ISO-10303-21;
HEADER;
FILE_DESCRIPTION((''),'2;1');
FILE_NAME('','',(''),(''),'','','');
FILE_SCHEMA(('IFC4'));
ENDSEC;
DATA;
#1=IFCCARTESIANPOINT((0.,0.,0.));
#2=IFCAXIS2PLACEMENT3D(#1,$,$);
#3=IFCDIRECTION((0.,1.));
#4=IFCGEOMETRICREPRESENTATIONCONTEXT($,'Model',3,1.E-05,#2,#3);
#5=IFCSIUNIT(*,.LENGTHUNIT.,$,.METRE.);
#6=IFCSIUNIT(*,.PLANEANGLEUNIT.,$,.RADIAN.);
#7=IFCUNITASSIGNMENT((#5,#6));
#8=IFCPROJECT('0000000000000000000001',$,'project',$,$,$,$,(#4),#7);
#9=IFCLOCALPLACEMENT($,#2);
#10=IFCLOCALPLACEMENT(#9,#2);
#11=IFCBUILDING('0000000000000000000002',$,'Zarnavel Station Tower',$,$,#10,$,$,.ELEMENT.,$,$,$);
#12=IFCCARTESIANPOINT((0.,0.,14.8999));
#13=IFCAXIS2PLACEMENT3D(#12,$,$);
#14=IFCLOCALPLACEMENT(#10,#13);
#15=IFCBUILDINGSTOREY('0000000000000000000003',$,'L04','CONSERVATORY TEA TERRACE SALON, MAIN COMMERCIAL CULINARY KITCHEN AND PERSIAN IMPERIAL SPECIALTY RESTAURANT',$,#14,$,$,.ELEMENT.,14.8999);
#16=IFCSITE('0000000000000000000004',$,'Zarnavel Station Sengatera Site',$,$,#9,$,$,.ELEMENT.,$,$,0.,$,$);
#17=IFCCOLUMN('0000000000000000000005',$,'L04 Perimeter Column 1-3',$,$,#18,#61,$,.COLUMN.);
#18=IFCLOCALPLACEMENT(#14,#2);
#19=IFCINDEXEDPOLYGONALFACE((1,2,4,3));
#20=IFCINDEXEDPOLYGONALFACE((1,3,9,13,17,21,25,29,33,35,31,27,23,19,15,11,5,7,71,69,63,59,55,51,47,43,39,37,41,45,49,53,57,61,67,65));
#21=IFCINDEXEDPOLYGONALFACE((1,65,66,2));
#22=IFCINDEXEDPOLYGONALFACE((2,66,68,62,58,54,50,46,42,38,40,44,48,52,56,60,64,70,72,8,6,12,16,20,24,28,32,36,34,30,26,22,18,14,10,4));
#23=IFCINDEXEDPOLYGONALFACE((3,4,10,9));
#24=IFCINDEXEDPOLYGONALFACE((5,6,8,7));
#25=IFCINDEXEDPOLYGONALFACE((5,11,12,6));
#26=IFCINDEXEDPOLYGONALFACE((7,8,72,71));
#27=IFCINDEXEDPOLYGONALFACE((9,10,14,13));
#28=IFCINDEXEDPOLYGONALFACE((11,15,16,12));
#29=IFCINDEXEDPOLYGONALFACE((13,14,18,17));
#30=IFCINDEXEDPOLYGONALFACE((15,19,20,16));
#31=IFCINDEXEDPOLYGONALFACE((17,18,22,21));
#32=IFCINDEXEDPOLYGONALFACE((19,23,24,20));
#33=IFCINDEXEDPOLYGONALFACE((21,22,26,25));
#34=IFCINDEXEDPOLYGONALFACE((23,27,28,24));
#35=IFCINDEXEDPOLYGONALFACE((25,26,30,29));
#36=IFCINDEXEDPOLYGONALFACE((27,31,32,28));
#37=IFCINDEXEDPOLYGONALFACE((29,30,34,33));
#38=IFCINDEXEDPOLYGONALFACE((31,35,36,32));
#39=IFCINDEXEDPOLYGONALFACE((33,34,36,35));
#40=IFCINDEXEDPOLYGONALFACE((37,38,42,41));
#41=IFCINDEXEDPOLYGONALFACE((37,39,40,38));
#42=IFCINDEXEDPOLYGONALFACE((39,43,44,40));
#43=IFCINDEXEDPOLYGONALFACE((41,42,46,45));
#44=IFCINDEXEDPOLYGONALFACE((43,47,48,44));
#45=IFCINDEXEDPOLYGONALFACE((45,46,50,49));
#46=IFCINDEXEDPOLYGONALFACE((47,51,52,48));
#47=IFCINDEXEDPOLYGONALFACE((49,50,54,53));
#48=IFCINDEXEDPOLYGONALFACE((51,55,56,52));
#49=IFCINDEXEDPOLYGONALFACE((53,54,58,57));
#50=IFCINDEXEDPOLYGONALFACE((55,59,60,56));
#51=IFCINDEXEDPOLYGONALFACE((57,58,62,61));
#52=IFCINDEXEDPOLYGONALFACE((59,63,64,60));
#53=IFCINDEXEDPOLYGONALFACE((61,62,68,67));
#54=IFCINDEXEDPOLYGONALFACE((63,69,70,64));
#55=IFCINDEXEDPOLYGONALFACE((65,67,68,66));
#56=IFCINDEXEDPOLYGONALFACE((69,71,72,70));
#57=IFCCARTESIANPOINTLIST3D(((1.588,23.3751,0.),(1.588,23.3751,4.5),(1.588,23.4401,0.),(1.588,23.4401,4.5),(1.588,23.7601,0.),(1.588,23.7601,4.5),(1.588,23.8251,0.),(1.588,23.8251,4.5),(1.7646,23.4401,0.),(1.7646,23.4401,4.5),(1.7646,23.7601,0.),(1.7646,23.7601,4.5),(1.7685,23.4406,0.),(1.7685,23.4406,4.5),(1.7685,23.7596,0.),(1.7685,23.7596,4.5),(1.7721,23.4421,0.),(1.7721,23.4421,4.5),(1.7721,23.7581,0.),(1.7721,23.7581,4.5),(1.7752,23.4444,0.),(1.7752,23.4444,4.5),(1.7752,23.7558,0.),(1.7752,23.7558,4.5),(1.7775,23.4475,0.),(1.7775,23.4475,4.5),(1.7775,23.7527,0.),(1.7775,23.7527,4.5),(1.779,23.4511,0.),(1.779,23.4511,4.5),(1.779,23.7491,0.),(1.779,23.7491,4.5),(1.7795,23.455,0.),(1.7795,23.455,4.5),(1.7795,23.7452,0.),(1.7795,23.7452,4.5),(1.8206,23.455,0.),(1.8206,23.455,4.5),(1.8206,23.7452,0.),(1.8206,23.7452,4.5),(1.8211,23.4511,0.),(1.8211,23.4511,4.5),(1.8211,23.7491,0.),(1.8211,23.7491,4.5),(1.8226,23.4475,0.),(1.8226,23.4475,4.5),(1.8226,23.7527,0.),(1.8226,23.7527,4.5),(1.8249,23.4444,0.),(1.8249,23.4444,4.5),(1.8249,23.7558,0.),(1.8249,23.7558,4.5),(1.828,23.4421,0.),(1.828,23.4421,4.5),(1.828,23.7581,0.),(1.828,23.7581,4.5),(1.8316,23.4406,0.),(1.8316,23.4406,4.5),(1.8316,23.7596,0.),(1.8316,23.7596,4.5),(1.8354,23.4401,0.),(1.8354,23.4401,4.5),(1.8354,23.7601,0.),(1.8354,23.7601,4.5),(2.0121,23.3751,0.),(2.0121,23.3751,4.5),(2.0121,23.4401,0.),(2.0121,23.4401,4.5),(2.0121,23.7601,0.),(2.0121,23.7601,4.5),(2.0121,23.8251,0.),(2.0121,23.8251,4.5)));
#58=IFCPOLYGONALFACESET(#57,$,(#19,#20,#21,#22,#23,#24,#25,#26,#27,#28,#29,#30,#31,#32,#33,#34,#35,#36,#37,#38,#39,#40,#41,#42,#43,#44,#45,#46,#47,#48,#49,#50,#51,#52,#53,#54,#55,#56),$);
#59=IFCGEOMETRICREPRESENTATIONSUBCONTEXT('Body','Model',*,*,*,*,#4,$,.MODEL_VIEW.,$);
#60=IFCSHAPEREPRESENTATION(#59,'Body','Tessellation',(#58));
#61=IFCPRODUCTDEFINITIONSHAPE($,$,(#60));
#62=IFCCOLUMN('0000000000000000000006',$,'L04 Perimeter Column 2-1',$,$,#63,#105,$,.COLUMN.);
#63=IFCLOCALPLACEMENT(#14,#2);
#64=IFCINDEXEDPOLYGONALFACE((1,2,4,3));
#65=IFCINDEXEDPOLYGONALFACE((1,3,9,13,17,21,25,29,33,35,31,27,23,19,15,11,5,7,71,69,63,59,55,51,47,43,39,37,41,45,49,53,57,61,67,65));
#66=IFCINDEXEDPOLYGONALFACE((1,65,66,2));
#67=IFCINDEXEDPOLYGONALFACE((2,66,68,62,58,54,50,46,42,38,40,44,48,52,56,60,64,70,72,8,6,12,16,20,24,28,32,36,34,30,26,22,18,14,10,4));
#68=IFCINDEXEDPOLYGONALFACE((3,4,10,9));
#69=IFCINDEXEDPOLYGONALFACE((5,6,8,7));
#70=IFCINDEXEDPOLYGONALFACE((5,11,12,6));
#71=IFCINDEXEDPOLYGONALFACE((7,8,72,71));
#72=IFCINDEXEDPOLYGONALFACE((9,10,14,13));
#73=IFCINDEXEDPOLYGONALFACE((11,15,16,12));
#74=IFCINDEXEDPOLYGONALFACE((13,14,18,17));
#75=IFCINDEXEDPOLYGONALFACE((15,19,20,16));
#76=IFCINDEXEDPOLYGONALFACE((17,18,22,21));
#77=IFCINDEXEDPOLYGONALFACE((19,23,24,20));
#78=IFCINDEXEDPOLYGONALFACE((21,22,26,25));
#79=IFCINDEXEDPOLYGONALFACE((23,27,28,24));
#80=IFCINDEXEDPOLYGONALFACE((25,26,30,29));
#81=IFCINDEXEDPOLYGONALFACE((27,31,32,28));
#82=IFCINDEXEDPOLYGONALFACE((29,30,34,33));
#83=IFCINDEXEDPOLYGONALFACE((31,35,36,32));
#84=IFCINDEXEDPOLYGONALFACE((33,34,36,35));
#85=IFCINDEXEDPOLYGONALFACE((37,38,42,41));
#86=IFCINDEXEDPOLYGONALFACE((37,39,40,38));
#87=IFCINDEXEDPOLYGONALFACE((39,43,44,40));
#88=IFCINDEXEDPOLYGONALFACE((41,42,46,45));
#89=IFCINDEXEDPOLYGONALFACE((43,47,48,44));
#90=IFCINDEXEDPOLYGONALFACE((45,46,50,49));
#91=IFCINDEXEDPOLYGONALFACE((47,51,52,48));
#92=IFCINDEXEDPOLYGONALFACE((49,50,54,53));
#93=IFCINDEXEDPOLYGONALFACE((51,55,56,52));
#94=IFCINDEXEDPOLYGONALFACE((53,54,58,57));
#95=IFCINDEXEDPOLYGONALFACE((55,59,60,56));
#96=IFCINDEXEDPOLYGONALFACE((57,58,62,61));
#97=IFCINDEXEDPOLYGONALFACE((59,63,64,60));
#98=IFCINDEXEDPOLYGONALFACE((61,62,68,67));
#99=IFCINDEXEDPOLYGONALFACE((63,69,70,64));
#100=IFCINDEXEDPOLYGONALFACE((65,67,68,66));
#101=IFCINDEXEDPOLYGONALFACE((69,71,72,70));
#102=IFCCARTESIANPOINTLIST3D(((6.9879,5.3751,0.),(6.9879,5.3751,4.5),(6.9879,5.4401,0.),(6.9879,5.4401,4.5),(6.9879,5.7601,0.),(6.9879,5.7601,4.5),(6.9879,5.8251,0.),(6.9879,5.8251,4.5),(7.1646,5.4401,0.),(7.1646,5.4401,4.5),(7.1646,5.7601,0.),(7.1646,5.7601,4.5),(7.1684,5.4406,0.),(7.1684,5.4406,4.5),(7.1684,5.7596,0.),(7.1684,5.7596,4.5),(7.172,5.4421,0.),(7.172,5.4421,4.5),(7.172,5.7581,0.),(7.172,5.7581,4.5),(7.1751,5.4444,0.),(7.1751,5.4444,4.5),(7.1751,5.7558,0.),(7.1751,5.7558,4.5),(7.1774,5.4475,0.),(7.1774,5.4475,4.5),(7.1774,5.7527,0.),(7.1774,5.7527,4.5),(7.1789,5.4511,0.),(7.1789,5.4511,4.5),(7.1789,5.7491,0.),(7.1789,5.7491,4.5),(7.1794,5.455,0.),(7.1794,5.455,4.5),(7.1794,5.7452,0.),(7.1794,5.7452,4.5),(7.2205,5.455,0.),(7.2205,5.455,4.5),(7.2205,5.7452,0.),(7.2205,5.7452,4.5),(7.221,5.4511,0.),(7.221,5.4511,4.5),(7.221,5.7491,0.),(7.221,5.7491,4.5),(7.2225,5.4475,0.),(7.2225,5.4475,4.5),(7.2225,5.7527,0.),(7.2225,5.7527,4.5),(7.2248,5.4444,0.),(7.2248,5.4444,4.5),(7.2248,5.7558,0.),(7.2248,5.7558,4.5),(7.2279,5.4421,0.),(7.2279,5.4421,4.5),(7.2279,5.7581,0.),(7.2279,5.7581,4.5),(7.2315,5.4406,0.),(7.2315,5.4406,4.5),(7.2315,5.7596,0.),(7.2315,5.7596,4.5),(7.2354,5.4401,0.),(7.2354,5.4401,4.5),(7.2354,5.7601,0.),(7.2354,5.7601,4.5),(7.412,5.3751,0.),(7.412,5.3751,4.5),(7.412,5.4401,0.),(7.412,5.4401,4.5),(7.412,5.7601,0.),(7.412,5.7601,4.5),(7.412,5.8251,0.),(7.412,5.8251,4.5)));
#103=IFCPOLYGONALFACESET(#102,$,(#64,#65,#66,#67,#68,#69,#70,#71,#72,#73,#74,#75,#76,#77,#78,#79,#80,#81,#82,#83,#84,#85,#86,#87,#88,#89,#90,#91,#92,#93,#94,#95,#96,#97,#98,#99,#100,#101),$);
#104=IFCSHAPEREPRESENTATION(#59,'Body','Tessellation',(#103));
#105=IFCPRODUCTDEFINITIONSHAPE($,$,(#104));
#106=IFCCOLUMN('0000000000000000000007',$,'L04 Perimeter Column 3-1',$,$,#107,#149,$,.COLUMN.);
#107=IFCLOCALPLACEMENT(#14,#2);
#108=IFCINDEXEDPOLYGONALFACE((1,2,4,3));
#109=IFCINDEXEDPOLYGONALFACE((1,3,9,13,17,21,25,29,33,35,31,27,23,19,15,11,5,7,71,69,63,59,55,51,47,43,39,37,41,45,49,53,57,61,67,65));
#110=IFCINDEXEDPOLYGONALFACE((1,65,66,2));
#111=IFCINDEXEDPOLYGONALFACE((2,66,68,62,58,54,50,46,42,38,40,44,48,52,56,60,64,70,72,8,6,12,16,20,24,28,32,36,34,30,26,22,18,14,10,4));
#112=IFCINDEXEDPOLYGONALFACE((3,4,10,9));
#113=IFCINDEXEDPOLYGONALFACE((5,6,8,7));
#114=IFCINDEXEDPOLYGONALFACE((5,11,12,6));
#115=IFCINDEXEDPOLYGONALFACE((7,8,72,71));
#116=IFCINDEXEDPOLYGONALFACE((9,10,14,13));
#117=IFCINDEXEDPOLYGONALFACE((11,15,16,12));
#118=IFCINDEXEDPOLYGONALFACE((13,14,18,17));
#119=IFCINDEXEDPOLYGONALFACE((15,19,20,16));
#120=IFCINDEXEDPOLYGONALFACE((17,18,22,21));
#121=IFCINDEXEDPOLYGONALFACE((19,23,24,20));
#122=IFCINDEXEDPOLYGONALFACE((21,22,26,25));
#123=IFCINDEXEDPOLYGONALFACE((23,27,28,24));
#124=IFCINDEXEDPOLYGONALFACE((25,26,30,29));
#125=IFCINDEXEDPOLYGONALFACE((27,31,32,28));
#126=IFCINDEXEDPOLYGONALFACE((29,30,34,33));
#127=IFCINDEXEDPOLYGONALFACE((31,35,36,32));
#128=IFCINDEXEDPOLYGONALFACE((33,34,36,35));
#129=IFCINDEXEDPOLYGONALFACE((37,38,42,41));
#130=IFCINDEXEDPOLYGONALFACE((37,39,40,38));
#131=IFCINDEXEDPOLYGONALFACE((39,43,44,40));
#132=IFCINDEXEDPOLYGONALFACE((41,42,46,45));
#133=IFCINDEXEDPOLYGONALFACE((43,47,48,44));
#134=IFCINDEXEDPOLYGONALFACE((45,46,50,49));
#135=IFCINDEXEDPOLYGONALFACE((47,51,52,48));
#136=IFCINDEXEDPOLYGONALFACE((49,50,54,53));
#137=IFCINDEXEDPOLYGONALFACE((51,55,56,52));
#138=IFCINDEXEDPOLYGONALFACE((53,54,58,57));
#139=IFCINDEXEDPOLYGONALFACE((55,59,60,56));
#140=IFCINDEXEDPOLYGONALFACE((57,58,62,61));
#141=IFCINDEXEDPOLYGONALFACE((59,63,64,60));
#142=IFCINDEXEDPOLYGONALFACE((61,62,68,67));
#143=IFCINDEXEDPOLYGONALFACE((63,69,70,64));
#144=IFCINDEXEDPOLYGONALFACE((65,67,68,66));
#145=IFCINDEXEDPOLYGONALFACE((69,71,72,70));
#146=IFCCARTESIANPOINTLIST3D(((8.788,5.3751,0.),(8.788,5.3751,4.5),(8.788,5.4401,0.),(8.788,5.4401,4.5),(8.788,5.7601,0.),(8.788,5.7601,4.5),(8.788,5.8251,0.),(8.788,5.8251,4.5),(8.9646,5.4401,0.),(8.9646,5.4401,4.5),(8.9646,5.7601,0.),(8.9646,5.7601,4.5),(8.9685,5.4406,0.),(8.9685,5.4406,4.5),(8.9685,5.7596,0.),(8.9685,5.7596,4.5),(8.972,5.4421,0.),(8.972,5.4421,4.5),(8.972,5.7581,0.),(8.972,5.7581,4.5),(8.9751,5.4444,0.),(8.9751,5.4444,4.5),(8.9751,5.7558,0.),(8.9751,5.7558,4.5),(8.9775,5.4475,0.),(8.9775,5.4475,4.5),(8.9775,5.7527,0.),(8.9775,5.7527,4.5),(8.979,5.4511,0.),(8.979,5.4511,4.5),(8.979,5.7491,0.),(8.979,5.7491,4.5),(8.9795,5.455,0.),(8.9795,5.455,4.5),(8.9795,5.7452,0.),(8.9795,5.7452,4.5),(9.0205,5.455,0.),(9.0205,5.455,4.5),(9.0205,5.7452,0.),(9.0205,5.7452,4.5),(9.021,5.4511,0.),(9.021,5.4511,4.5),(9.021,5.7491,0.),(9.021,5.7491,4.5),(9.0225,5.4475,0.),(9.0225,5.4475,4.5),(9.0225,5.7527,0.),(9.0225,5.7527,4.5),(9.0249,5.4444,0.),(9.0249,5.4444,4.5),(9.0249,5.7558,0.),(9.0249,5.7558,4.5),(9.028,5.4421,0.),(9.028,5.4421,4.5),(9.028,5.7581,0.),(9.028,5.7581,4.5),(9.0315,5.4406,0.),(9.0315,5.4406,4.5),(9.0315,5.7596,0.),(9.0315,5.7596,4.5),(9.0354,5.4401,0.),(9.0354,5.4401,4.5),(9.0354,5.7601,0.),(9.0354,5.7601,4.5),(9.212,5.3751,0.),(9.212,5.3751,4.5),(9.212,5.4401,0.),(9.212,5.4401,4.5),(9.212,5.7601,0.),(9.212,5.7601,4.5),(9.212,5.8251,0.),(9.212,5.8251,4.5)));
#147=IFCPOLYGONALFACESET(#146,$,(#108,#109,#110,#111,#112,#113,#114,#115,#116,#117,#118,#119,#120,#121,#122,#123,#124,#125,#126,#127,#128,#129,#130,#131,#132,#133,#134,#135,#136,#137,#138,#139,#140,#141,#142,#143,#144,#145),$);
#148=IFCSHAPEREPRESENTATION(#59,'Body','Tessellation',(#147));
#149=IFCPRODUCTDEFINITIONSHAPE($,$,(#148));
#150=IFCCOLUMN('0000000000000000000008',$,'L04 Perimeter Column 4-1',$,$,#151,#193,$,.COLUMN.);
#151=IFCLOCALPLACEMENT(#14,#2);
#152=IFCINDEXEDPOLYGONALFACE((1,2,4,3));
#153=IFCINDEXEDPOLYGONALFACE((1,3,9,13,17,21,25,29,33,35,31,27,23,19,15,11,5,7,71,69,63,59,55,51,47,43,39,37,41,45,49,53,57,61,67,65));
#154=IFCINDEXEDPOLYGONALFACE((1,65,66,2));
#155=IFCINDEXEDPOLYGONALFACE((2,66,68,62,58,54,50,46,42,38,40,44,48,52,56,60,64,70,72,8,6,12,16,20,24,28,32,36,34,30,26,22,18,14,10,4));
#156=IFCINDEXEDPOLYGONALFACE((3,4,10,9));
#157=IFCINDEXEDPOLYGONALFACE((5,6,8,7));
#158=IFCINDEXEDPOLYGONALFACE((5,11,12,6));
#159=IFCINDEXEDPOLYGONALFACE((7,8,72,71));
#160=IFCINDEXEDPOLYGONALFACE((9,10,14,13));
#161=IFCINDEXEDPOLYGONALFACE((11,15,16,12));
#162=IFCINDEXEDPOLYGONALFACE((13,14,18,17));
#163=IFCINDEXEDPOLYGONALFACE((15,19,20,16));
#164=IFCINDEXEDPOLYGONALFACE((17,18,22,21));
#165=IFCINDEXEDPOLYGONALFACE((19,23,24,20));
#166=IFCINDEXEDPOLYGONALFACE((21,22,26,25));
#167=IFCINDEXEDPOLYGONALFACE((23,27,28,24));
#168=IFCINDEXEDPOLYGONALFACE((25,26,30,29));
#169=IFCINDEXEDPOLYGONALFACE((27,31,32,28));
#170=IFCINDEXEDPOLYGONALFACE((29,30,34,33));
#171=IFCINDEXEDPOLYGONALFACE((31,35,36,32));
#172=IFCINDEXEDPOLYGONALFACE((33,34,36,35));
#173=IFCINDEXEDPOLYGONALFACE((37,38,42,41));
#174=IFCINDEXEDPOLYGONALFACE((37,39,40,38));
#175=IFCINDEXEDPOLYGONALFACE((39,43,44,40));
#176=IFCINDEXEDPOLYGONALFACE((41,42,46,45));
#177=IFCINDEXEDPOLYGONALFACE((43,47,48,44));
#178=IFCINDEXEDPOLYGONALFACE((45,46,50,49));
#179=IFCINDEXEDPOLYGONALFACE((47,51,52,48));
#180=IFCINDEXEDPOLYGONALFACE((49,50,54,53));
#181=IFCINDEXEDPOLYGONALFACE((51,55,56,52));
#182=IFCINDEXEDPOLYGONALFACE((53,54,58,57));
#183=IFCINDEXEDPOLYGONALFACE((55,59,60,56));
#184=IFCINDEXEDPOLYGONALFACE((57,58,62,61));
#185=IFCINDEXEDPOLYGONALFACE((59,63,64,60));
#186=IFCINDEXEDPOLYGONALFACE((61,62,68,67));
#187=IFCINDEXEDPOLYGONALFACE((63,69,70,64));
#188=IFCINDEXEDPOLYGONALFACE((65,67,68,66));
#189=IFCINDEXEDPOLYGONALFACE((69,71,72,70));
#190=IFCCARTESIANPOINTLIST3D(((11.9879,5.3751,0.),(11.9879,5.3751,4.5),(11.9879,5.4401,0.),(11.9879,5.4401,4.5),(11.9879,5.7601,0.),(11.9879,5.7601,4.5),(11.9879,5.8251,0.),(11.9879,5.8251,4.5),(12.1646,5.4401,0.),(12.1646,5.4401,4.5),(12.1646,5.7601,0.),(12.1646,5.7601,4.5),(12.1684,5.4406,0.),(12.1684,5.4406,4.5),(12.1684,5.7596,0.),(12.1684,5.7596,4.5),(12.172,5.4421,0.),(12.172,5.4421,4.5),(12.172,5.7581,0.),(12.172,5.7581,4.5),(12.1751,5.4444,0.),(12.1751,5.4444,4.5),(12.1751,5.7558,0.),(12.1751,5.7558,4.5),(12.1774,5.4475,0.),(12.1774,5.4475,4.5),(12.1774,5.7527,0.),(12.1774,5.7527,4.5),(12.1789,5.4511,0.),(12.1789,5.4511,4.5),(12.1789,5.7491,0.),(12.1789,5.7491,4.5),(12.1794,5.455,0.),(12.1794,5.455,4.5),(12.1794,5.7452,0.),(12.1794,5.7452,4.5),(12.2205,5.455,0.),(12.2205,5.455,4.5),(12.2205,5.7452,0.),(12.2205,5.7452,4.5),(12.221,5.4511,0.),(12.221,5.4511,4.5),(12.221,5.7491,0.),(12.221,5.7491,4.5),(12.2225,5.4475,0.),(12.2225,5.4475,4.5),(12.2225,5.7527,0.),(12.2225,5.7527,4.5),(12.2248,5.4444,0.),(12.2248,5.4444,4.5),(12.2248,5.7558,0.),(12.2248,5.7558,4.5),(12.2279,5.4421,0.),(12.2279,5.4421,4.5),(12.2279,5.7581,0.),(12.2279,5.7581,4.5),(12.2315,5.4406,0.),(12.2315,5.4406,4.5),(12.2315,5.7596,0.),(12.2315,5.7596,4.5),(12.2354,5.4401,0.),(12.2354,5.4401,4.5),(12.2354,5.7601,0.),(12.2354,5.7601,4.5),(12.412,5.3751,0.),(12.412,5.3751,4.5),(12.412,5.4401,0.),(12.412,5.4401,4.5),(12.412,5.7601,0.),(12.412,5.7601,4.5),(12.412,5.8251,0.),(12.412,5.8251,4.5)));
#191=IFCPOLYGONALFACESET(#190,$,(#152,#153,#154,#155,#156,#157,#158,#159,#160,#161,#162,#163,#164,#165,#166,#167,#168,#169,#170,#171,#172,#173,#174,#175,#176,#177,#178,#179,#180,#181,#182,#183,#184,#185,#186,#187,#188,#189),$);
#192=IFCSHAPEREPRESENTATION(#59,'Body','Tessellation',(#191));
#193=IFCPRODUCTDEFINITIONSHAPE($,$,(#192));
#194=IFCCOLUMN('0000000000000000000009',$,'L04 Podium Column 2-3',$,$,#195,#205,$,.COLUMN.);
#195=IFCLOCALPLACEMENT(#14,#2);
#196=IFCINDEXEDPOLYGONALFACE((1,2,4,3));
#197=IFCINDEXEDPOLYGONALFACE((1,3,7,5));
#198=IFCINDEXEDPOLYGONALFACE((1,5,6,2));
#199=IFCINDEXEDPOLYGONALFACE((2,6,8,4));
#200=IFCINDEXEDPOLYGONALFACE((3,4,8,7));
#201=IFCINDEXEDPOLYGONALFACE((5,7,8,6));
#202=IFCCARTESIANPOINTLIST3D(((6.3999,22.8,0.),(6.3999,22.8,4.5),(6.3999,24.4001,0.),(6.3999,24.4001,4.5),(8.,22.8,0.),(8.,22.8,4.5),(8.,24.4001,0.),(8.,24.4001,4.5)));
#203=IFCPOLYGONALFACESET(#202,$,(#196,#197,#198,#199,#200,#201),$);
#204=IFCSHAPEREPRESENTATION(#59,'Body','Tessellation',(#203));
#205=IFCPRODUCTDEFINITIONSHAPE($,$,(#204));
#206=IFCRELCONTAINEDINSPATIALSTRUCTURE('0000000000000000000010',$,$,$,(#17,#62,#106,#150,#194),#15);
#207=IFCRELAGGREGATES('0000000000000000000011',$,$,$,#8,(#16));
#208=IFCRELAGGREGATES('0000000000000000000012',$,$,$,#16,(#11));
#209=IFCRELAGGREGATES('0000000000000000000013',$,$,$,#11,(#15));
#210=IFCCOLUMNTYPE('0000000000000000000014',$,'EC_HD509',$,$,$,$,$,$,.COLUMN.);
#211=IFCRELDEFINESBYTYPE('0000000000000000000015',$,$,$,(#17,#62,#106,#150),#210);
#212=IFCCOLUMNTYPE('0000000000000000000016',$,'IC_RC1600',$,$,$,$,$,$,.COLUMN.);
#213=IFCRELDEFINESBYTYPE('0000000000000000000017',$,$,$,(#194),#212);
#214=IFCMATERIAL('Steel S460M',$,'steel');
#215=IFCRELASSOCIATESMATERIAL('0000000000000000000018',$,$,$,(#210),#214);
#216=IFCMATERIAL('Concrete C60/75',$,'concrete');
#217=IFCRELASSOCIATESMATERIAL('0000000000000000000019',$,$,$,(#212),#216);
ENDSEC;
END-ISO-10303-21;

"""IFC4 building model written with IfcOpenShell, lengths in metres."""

from ifc_helpers import new_model, si_unit, direction, frame, origin, origin_2d, place, context, subcontext, project, spatial, rectangle, i_section, extrude, material, material_profile, profile_set, type_object, element, save


model = new_model("IFC4")

# Units and contexts
model_context = context("Model", 3, precision=1e-05, world=origin(), true_north=direction((0.0, 1.0)))
body_context = subcontext(model_context, "Body", "Model", "MODEL_VIEW")
ifc_project = project(units=[si_unit("LENGTHUNIT", "METRE"), si_unit("PLANEANGLEUNIT", "RADIAN")], contexts=[model_context])

# Site, building, storey
site_placement = place(None, origin())
site = spatial("IfcSite", under=ifc_project, at=site_placement, Name="Zarnavel Station Sengatera Site", CompositionType="ELEMENT", RefElevation=0.0)
building_placement = place(site_placement, origin())
building = spatial("IfcBuilding", under=site, at=building_placement, Name="Zarnavel Station Tower", CompositionType="ELEMENT")
storey_placement = place(building_placement, frame((0.0, 0.0, 14.8999)))
storey = spatial("IfcBuildingStorey", under=building, at=storey_placement, Name="L04", Description="CONSERVATORY TEA TERRACE SALON, MAIN COMMERCIAL CULINARY KITCHEN AND PERSIAN IMPERIAL SPECIALTY RESTAURANT", CompositionType="ELEMENT", Elevation=14.8999)

# Columns
ifc_material_1 = material(Name="Steel S460M", Category="steel")
ifc_material_profile_1 = material_profile(ifc_material_1, i_section(OverallWidth=0.4241, OverallDepth=0.45, WebThickness=0.041, FlangeThickness=0.0649, FilletRadius=0.0149, at=origin_2d()), Name="HD400x509")
ifc_profile_set_1 = profile_set([ifc_material_profile_1], Name="Steel S460M")
column_type_1 = type_object("IfcColumnType", Name="EC_HD509", PredefinedType="COLUMN", material=ifc_profile_set_1)
for number, where, z_axis, x_axis, name in (
    (1, (1.8, 23.6001, 0.0), (0.0, 0.0, 1.0), (1.0, 0.0, 0.0), "L04 Perimeter Column 1-3"),
    (2, (7.2, 5.6001, 0.0), (0.0, 0.0, 1.0), (1.0, 0.0, 0.0), "L04 Perimeter Column 2-1"),
    (3, (9.0, 5.6001, 0.0), (0.0, 0.0, 1.0), (1.0, 0.0, 0.0), "L04 Perimeter Column 3-1"),
    (4, (12.2, 5.6001, 0.0), (0.0, 0.0, 1.0), (1.0, 0.0, 0.0), "L04 Perimeter Column 4-1"),
):
    element("IfcColumn", number, at=place(storey_placement, frame(where, z_axis=z_axis, x_axis=x_axis)), inside=storey, type_object=column_type_1, Name=name, PredefinedType="COLUMN", context=body_context, shape_type="SweptSolid", body=[
        extrude(i_section(OverallWidth=0.4241, OverallDepth=0.45, WebThickness=0.041, FlangeThickness=0.0649, FilletRadius=0.0149, at=origin_2d()), origin(), (0.0, 0.0, 1.0), 4.5),
    ])
ifc_material_2 = material(Name="Concrete C60/75", Category="concrete")
ifc_material_profile_2 = material_profile(ifc_material_2, rectangle(XDim=1.6001, YDim=1.6001, at=origin_2d()), Name="RC1600x1600")
ifc_profile_set_2 = profile_set([ifc_material_profile_2], Name="Concrete C60/75")
column_type_2 = type_object("IfcColumnType", Name="IC_RC1600", PredefinedType="COLUMN", material=ifc_profile_set_2)
for number, where, z_axis, x_axis, name in (
    (5, (7.2, 23.6001, 0.0), (0.0, 0.0, 1.0), (1.0, 0.0, 0.0), "L04 Podium Column 2-3"),
):
    element("IfcColumn", number, at=place(storey_placement, frame(where, z_axis=z_axis, x_axis=x_axis)), inside=storey, type_object=column_type_2, Name=name, PredefinedType="COLUMN", context=body_context, shape_type="SweptSolid", body=[
        extrude(rectangle(XDim=1.6001, YDim=1.6001, at=origin_2d()), origin(), (0.0, 0.0, 1.0), 4.5),
    ])

save(model, "model.ifc")
